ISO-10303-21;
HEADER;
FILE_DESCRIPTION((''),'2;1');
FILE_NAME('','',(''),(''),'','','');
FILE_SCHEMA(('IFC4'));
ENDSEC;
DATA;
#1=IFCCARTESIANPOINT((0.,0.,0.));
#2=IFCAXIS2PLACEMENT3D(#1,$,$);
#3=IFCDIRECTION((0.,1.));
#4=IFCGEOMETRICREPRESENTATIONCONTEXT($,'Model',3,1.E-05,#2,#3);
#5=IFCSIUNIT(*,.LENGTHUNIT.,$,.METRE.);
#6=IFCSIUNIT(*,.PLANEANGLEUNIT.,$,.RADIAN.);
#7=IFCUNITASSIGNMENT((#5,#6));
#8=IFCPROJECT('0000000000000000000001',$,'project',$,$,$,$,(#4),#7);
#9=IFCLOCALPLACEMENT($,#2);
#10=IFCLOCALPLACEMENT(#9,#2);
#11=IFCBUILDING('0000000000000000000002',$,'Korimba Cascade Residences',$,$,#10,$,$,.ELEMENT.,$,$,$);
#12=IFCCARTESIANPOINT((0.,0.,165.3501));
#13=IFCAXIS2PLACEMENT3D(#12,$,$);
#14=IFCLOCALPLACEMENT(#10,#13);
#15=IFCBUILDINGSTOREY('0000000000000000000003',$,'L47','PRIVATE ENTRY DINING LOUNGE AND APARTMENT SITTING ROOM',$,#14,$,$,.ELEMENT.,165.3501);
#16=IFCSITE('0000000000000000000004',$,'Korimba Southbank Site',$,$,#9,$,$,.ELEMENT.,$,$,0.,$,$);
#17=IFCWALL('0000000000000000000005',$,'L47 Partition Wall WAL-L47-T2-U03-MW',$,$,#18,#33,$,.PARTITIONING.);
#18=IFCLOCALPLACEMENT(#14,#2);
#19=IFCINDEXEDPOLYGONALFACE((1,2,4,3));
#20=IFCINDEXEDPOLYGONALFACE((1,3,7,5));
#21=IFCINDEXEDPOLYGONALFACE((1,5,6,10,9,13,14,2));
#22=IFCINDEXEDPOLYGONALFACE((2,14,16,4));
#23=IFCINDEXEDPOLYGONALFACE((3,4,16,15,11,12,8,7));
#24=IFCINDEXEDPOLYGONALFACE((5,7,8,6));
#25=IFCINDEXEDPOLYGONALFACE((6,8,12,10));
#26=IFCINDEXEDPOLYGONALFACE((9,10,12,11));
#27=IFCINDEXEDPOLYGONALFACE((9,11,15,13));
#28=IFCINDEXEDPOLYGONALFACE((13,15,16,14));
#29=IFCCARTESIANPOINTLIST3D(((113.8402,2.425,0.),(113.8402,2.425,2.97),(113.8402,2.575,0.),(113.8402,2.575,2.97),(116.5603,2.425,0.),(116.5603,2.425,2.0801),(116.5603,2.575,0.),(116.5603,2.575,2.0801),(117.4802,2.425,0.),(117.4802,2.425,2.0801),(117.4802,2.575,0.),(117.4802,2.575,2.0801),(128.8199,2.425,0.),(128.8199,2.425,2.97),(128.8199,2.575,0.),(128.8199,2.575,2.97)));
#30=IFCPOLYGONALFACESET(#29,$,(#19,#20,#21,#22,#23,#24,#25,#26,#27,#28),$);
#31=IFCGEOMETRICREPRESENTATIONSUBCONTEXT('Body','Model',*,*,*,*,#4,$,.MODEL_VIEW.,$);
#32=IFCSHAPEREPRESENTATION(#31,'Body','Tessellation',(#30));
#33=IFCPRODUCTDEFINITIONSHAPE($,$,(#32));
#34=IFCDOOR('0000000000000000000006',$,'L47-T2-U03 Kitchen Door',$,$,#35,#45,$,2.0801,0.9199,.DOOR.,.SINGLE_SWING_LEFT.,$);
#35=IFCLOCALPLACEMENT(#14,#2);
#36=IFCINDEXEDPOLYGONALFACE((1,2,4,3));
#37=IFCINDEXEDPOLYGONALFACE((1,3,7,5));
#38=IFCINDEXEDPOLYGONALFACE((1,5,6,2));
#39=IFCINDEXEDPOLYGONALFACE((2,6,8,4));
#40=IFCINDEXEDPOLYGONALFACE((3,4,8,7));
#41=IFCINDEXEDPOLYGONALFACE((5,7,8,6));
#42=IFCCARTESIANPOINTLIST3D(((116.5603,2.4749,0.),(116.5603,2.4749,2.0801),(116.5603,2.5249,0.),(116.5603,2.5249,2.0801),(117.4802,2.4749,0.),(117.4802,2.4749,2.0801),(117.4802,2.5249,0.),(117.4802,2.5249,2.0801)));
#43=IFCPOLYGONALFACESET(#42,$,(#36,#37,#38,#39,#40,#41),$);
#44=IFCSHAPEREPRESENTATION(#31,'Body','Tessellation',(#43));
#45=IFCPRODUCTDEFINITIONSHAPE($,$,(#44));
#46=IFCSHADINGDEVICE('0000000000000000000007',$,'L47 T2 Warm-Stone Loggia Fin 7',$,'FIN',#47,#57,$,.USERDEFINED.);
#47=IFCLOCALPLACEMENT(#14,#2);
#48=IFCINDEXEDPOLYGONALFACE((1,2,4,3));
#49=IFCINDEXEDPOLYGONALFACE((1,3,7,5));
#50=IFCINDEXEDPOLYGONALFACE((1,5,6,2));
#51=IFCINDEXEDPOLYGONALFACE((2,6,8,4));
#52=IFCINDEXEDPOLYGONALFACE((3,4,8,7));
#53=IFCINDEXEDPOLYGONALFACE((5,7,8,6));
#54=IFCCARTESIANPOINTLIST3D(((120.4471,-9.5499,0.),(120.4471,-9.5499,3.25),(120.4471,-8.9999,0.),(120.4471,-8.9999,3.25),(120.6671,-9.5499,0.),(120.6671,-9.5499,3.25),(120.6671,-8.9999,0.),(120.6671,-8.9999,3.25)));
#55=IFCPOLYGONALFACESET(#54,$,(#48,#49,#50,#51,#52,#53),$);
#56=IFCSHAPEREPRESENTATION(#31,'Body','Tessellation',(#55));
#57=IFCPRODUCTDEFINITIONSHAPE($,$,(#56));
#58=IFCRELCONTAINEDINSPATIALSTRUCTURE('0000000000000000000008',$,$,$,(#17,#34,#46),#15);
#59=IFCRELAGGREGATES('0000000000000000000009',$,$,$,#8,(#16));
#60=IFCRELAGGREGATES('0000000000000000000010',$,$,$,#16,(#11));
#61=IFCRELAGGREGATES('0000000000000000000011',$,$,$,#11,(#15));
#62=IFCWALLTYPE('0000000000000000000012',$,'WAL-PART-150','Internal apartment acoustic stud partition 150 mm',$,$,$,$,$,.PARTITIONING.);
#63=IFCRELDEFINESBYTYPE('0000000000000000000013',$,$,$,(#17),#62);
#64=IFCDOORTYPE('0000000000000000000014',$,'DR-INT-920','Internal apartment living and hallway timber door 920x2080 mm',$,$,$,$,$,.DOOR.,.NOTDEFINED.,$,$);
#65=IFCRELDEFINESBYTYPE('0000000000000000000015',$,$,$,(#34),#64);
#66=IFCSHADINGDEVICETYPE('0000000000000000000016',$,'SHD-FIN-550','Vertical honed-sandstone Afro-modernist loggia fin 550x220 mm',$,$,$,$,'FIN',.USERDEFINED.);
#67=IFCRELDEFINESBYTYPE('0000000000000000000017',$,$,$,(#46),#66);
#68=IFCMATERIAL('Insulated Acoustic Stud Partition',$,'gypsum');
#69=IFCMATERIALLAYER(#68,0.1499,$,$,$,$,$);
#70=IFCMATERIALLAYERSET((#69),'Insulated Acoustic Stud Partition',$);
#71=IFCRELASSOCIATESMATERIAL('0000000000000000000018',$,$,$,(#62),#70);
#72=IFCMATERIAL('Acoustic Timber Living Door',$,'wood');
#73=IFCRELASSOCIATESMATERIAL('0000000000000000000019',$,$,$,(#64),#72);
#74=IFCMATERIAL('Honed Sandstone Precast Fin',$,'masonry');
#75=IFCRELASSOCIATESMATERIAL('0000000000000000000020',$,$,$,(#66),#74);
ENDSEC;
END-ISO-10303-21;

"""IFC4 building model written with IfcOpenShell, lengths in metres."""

from ifc_helpers import new_model, si_unit, direction, frame, frame_2d, origin, origin_2d, place, context, subcontext, project, spatial, rectangle, extrude, material, layer, layer_set, type_object, element, fill, save


model = new_model("IFC4")

# Units and contexts
model_context = context("Model", 3, precision=1e-05, world=origin(), true_north=direction((0.0, 1.0)))
body_context = subcontext(model_context, "Body", "Model", "MODEL_VIEW")
ifc_project = project(units=[si_unit("LENGTHUNIT", "METRE"), si_unit("PLANEANGLEUNIT", "RADIAN")], contexts=[model_context])

# Site, building, storey
site_placement = place(None, origin())
site = spatial("IfcSite", under=ifc_project, at=site_placement, Name="Korimba Southbank Site", CompositionType="ELEMENT", RefElevation=0.0)
building_placement = place(site_placement, origin())
building = spatial("IfcBuilding", under=site, at=building_placement, Name="Korimba Cascade Residences", CompositionType="ELEMENT")
storey_placement = place(building_placement, frame((0.0, 0.0, 165.3501)))
storey = spatial("IfcBuildingStorey", under=building, at=storey_placement, Name="L47", Description="PRIVATE ENTRY DINING LOUNGE AND APARTMENT SITTING ROOM", CompositionType="ELEMENT", Elevation=165.3501)

# Shared definitions
ifc_material_1 = material(Name="Insulated Acoustic Stud Partition", Category="gypsum")
ifc_layer = layer(ifc_material_1, 0.1499)
ifc_layer_set = layer_set([ifc_layer], Name="Insulated Acoustic Stud Partition")
wall_type = type_object("IfcWallType", Name="WAL-PART-150", Description="Internal apartment acoustic stud partition 150 mm", PredefinedType="PARTITIONING", material=ifc_layer_set)
ifc_material_2 = material(Name="Acoustic Timber Living Door", Category="wood")
door_type_1 = type_object("IfcDoorType", Name="DR-INT-920", Description="Internal apartment living and hallway timber door 920x2080 mm", OperationType="NOTDEFINED", PredefinedType="DOOR", material=ifc_material_2)

# Wall, opening, door
wall_1_placement = place(storey_placement, frame((113.8403, 2.5, 0.0), z_axis=(0.0, 0.0, 1.0), x_axis=(1.0, 0.0, 0.0)))
wall_1 = element("IfcWall", 1, at=wall_1_placement, inside=storey, type_object=wall_type, Name="L47 Partition Wall WAL-L47-T2-U03-MW", PredefinedType="PARTITIONING", context=body_context, shape_type="SweptSolid", body=[
    extrude(rectangle(XDim=14.9797, YDim=0.1499, at=frame_2d((7.4897, 0.0))), origin(), (0.0, 0.0, 1.0), 2.97),
])
opening_1_placement = place(wall_1_placement, frame((2.72, 0.0, 0.0)))
opening_1 = element("IfcOpeningElement", 2, at=opening_1_placement, cuts=wall_1, PredefinedType="OPENING", context=body_context, shape_type="SweptSolid", body=[
    extrude(rectangle(XDim=0.9199, YDim=2.0801, at=frame_2d((0.46, 1.04))), frame((0.0, 0.085, 0.0), z_axis=(0.0, -1.0, 0.0), x_axis=(1.0, 0.0, 0.0)), (0.0, 0.0, 1.0), 0.1699),
])
door_1_placement = place(opening_1_placement, origin())
door_1 = element("IfcDoor", 3, at=door_1_placement, inside=storey, type_object=door_type_1, Name="L47-T2-U03 Kitchen Door", OperationType="SINGLE_SWING_LEFT", OverallHeight=2.0801, OverallWidth=0.9199, PredefinedType="DOOR", context=body_context, shape_type="SweptSolid", body=[
    extrude(rectangle(XDim=0.9199, YDim=2.0801, at=frame_2d((0.46, 1.04))), frame((0.0, 0.0249, 0.0), z_axis=(0.0, -1.0, 0.0), x_axis=(1.0, 0.0, 0.0)), (0.0, 0.0, 1.0), 0.05),
])
fill(opening_1, door_1)

# Shading device
ifc_material_3 = material(Name="Honed Sandstone Precast Fin", Category="masonry")
shading_device_type = type_object("IfcShadingDeviceType", Name="SHD-FIN-550", Description="Vertical honed-sandstone Afro-modernist loggia fin 550x220 mm", ElementType="FIN", PredefinedType="USERDEFINED", material=ifc_material_3)
shading_device_placement = place(storey_placement, frame((120.5571, -9.2749, 0.0), z_axis=(0.0, 0.0, 1.0), x_axis=(1.0, 0.0, 0.0)))
element("IfcShadingDevice", 4, at=shading_device_placement, inside=storey, type_object=shading_device_type, Name="L47 T2 Warm-Stone Loggia Fin 7", ObjectType="FIN", PredefinedType="USERDEFINED", context=body_context, shape_type="SweptSolid", body=[
    extrude(rectangle(XDim=0.22, YDim=0.55, at=origin_2d()), origin(), (0.0, 0.0, 1.0), 3.25),
])

save(model, "model.ifc")
